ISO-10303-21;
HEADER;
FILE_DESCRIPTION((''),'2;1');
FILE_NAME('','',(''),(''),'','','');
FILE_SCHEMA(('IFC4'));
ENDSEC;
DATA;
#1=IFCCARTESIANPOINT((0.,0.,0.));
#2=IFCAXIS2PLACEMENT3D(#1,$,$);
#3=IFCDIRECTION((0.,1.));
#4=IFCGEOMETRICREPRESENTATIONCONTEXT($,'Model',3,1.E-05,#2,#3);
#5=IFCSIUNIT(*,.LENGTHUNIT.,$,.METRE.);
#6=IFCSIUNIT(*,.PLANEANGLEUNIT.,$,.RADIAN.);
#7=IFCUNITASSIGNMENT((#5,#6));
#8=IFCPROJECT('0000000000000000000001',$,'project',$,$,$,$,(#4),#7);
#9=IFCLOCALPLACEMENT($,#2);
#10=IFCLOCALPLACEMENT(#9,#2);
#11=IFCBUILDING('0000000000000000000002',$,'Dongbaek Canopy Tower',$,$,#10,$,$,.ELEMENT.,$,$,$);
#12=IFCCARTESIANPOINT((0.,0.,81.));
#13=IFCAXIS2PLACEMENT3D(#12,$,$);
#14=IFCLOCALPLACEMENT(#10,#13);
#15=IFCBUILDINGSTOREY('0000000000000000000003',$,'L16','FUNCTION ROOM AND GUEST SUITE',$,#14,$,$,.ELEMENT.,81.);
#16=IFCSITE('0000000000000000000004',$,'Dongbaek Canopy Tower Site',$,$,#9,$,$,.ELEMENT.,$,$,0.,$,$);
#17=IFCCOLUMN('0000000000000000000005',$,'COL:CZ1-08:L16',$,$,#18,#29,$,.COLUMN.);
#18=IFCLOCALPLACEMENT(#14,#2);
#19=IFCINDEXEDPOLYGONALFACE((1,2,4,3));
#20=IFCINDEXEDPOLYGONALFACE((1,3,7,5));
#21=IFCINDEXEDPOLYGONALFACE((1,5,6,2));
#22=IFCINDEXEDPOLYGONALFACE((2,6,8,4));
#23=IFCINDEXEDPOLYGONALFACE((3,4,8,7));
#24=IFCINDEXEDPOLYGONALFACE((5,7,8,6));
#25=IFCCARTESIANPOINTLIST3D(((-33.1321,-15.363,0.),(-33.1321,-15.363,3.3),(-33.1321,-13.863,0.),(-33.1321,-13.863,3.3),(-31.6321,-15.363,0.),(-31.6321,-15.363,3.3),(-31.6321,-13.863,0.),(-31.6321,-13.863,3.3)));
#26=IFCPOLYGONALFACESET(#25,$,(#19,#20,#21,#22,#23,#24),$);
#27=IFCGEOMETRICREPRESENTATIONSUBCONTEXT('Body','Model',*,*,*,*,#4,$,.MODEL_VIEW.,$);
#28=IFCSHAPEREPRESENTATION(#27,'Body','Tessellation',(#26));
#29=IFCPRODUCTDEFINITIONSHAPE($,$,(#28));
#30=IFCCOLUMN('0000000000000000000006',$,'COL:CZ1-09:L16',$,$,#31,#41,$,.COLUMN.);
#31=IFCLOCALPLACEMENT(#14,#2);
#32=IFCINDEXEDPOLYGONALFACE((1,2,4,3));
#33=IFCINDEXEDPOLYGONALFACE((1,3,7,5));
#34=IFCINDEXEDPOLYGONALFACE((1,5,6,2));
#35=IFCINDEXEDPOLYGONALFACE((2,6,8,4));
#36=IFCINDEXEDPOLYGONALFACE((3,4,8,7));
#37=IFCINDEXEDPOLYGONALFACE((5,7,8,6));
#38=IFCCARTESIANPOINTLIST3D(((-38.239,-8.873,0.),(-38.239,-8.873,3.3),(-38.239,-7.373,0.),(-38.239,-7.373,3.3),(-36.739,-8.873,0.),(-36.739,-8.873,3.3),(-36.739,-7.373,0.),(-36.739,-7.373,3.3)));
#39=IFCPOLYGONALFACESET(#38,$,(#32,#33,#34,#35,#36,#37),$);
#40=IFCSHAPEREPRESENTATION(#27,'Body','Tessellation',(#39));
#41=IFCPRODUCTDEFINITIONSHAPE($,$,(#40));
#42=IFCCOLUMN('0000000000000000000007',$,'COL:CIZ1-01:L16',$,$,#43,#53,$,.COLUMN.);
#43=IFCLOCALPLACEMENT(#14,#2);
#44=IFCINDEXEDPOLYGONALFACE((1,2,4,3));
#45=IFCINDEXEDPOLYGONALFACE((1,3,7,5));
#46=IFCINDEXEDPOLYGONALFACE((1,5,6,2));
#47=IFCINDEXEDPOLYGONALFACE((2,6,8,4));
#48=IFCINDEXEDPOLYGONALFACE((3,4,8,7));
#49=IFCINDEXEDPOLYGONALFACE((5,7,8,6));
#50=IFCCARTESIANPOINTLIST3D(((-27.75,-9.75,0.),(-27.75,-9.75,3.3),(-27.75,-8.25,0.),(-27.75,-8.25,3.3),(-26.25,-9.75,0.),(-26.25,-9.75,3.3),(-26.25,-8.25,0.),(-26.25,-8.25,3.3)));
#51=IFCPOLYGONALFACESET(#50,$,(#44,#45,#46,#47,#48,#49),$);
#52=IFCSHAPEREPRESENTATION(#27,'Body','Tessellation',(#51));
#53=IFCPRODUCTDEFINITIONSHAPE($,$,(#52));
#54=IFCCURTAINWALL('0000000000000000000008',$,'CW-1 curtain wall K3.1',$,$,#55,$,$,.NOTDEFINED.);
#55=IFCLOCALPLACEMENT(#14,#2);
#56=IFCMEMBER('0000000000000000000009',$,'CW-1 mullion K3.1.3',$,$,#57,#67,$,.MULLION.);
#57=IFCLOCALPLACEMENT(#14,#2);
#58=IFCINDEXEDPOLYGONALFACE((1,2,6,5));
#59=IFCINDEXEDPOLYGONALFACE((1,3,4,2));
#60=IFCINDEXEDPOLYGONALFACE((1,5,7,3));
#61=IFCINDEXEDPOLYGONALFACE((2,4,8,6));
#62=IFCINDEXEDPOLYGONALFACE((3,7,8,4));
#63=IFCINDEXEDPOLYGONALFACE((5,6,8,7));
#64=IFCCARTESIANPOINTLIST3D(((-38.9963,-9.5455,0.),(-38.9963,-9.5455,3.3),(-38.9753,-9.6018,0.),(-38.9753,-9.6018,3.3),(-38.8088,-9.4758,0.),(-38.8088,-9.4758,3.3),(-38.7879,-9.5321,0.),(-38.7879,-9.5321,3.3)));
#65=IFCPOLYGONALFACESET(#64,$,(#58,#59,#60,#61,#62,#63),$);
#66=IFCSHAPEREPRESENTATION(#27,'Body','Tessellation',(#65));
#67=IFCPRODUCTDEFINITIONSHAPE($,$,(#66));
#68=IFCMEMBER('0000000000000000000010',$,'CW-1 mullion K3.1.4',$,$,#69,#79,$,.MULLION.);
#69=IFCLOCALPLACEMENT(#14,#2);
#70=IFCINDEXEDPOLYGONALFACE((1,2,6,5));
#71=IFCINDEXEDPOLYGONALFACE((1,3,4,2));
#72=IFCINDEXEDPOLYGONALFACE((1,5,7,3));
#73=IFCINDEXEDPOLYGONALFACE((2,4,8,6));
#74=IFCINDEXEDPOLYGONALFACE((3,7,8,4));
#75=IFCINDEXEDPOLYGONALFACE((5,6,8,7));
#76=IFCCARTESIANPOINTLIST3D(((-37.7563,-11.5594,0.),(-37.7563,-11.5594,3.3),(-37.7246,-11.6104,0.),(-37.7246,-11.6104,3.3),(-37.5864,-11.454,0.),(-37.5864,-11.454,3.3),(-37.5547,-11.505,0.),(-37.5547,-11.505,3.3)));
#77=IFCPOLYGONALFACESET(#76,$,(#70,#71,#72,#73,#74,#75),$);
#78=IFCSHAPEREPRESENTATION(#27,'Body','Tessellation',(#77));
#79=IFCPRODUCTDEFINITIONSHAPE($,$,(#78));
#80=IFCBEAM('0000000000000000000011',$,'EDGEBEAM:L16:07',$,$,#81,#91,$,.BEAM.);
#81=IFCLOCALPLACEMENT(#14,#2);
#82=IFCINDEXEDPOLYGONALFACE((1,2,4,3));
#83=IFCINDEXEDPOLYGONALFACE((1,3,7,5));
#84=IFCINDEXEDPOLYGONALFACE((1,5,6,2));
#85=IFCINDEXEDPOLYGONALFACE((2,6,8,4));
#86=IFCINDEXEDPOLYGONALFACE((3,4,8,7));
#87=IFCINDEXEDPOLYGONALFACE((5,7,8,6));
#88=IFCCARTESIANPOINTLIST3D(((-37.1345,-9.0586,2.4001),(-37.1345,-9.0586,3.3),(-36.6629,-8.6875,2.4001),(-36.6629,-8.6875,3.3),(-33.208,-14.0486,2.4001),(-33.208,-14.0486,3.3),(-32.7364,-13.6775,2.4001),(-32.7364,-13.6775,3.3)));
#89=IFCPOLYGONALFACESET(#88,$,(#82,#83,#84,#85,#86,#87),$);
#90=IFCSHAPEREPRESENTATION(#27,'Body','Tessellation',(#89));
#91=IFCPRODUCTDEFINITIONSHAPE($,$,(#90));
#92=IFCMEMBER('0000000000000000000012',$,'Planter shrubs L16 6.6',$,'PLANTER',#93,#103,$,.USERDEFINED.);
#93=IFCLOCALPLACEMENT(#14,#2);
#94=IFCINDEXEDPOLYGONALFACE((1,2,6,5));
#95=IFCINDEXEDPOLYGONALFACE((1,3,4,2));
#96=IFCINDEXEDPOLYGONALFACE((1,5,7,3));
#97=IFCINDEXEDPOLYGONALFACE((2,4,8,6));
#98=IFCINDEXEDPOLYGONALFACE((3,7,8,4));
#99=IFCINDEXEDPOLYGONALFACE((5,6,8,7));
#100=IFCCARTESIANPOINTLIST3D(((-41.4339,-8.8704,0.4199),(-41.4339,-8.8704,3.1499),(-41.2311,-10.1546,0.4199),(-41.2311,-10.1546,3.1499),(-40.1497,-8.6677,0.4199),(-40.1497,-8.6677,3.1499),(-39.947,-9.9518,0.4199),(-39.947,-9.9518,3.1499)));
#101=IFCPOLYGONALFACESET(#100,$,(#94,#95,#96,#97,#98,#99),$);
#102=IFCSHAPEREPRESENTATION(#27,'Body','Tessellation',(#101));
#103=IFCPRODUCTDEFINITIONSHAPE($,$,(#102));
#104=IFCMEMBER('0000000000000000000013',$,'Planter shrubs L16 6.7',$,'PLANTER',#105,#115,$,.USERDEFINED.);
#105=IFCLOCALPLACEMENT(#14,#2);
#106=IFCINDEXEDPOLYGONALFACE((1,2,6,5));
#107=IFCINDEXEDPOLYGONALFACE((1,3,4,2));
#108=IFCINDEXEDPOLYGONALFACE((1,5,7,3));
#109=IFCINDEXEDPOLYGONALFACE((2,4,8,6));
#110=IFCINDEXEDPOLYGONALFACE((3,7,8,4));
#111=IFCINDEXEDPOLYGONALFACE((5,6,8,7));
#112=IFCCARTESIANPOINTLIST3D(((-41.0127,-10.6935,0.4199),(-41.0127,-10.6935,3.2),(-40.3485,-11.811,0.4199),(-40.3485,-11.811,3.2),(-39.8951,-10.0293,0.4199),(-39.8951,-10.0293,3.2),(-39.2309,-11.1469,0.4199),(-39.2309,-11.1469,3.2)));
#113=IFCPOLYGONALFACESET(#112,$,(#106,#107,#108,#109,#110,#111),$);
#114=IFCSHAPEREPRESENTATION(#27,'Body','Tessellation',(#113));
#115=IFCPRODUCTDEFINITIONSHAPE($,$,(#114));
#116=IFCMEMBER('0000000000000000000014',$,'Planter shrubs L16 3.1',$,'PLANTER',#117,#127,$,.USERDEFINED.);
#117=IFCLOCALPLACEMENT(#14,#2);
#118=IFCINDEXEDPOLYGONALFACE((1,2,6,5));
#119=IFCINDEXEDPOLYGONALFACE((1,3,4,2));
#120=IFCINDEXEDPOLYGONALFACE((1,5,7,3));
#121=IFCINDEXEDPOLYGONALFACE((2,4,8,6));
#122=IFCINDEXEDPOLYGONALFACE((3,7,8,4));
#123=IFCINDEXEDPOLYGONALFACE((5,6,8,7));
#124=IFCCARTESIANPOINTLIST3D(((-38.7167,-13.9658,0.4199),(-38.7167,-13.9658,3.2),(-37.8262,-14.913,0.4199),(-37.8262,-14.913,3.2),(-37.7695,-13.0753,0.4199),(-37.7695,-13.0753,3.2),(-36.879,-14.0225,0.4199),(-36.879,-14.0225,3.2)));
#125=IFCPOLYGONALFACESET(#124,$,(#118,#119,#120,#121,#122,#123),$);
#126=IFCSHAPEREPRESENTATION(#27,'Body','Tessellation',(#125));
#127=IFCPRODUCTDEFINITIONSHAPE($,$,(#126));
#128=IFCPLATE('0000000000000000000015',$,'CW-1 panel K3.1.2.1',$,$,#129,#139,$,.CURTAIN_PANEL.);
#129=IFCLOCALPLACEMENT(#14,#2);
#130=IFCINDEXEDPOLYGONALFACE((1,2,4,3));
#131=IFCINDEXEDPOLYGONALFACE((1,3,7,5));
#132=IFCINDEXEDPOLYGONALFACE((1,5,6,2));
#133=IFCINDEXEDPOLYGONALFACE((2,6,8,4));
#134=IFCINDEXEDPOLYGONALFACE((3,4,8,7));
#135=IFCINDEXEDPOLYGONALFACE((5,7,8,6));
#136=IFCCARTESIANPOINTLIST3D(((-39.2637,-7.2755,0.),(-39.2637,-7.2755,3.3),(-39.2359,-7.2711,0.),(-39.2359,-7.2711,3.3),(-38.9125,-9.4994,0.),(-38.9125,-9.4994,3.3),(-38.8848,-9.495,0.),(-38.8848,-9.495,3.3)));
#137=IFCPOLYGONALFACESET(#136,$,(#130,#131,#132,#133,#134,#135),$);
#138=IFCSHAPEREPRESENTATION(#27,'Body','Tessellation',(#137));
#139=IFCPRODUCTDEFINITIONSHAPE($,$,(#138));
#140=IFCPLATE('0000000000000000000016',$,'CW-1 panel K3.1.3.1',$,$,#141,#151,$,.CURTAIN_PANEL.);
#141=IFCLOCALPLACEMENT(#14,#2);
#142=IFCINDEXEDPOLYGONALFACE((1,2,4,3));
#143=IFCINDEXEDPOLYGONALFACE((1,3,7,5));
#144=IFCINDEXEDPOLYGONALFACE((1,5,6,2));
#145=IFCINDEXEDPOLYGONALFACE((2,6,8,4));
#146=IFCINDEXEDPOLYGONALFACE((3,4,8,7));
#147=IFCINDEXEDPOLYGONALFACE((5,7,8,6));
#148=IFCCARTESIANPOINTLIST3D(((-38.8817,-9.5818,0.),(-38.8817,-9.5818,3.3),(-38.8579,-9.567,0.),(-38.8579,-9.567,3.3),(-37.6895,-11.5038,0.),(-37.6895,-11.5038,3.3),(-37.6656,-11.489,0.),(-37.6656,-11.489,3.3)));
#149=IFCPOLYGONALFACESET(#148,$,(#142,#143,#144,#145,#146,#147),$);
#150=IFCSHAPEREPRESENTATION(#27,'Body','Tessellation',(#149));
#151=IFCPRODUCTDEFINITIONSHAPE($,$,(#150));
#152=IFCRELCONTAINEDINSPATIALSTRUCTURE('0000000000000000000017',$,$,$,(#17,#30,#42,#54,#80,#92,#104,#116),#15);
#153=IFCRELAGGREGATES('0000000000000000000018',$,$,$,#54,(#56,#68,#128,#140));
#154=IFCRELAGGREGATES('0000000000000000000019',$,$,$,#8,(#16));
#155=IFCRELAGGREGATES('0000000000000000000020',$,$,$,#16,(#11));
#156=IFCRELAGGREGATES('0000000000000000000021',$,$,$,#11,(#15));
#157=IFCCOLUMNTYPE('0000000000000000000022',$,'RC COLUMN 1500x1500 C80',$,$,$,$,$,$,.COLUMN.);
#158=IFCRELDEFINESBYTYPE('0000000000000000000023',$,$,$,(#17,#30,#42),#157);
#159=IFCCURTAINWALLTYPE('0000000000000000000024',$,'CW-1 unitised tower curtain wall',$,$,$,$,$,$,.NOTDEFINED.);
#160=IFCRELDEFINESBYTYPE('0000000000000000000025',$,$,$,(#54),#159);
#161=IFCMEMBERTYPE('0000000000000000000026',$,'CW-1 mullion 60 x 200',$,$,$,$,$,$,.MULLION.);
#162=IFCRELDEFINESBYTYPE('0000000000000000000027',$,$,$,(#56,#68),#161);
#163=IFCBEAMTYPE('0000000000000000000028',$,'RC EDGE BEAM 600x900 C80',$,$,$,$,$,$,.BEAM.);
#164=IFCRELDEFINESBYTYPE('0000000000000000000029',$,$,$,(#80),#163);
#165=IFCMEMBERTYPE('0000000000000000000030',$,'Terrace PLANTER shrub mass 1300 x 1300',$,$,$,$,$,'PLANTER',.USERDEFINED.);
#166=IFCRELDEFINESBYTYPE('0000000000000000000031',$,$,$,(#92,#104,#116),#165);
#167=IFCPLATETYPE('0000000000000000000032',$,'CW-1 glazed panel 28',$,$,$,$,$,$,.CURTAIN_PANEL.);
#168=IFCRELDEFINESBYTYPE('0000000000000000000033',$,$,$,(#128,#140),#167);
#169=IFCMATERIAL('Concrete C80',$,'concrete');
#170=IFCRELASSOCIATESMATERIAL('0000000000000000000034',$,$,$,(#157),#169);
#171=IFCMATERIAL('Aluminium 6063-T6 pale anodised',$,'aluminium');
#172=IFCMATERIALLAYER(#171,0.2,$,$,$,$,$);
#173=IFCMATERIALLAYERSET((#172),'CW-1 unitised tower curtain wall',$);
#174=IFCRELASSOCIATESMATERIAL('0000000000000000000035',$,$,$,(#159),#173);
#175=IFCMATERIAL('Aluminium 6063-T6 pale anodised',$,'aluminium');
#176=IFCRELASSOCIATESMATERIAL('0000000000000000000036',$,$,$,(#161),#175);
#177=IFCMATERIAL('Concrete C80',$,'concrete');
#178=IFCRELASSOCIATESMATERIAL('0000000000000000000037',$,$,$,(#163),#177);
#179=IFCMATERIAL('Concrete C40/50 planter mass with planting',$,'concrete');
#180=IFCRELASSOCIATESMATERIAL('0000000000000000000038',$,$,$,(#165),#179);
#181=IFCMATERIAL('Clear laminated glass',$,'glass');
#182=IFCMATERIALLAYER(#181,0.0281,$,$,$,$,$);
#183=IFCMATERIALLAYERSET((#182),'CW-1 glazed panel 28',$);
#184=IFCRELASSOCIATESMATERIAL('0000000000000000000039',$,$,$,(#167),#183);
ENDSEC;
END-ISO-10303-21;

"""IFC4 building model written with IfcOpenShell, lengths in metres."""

from ifc_helpers import new_model, si_unit, direction, frame, origin, origin_2d, place, context, subcontext, project, spatial, rectangle, extrude, material, layer, layer_set, material_profile, profile_set, type_object, element, aggregate, save


model = new_model("IFC4")

# Units and contexts
model_context = context("Model", 3, precision=1e-05, world=origin(), true_north=direction((0.0, 1.0)))
body_context = subcontext(model_context, "Body", "Model", "MODEL_VIEW")
ifc_project = project(units=[si_unit("LENGTHUNIT", "METRE"), si_unit("PLANEANGLEUNIT", "RADIAN")], contexts=[model_context])

# Site, building, storey
site_placement = place(None, origin())
site = spatial("IfcSite", under=ifc_project, at=site_placement, Name="Dongbaek Canopy Tower Site", CompositionType="ELEMENT", RefElevation=0.0)
building_placement = place(site_placement, origin())
building = spatial("IfcBuilding", under=site, at=building_placement, Name="Dongbaek Canopy Tower", CompositionType="ELEMENT")
storey_placement = place(building_placement, frame((0.0, 0.0, 81.0)))
storey = spatial("IfcBuildingStorey", under=building, at=storey_placement, Name="L16", Description="FUNCTION ROOM AND GUEST SUITE", CompositionType="ELEMENT", Elevation=81.0)

# Columns
ifc_material_1 = material(Name="Concrete C80", Category="concrete")
ifc_material_profile_1 = material_profile(ifc_material_1, rectangle(XDim=1.5, YDim=1.5, at=origin_2d()), Name="RC COLUMN 1500x1500 C80")
ifc_profile_set_1 = profile_set([ifc_material_profile_1], Name="Concrete C80")
column_type = type_object("IfcColumnType", Name="RC COLUMN 1500x1500 C80", PredefinedType="COLUMN", material=ifc_profile_set_1)
for number, where, z_axis, x_axis, name in (
    (1, (-32.3821, -14.613, 0.0), (0.0, 0.0, 1.0), (1.0, 0.0, 0.0), "COL:CZ1-08:L16"),
    (2, (-37.489, -8.123, 0.0), (0.0, 0.0, 1.0), (1.0, 0.0, 0.0), "COL:CZ1-09:L16"),
    (3, (-27.0, -9.0, 0.0), (0.0, 0.0, 1.0), (1.0, 0.0, 0.0), "COL:CIZ1-01:L16"),
):
    element("IfcColumn", number, at=place(storey_placement, frame(where, z_axis=z_axis, x_axis=x_axis)), inside=storey, type_object=column_type, Name=name, PredefinedType="COLUMN", context=body_context, shape_type="SweptSolid", body=[
        extrude(rectangle(XDim=1.5, YDim=1.5, at=origin_2d()), origin(), (0.0, 0.0, 1.0), 3.3),
    ])

# Curtain wall, members
ifc_material_2 = material(Name="Aluminium 6063-T6 pale anodised", Category="aluminium")
ifc_layer_1 = layer(ifc_material_2, 0.2)
ifc_layer_set_1 = layer_set([ifc_layer_1], Name="CW-1 unitised tower curtain wall")
curtain_wall_type = type_object("IfcCurtainWallType", Name="CW-1 unitised tower curtain wall", PredefinedType="NOTDEFINED", material=ifc_layer_set_1)
curtain_wall_placement = place(storey_placement, origin())
curtain_wall = element("IfcCurtainWall", 4, at=curtain_wall_placement, inside=storey, type_object=curtain_wall_type, Name="CW-1 curtain wall K3.1", PredefinedType="NOTDEFINED")
ifc_material_3 = material(Name="Aluminium 6063-T6 pale anodised", Category="aluminium")
ifc_material_profile_2 = material_profile(ifc_material_3, rectangle(XDim=0.2, YDim=0.0601, at=origin_2d()), Name="CW-1 mullion 60 x 200")
ifc_profile_set_2 = profile_set([ifc_material_profile_2], Name="Aluminium 6063-T6 pale anodised")
member_type_1 = type_object("IfcMemberType", Name="CW-1 mullion 60 x 200", PredefinedType="MULLION", material=ifc_profile_set_2)
member_1_placement = place(storey_placement, frame((-38.8921, -9.5388, 0.0), z_axis=(0.0, 0.0, 1.0), x_axis=(-0.937329, -0.348446, 0.0)))
member_1 = element("IfcMember", 5, at=member_1_placement, type_object=member_type_1, Name="CW-1 mullion K3.1.3", PredefinedType="MULLION", context=body_context, shape_type="SweptSolid", body=[
    extrude(rectangle(XDim=0.2, YDim=0.0601, at=origin_2d()), origin(), (0.0, 0.0, 1.0), 3.3),
])
member_2_placement = place(storey_placement, frame((-37.6555, -11.5322, 0.0), z_axis=(0.0, 0.0, 1.0), x_axis=(-0.84978, -0.527137, 0.0)))
member_2 = element("IfcMember", 6, at=member_2_placement, type_object=member_type_1, Name="CW-1 mullion K3.1.4", PredefinedType="MULLION", context=body_context, shape_type="SweptSolid", body=[
    extrude(rectangle(XDim=0.2, YDim=0.0601, at=origin_2d()), origin(), (0.0, 0.0, 1.0), 3.3),
])

# Beam
ifc_material_4 = material(Name="Concrete C80", Category="concrete")
ifc_material_profile_3 = material_profile(ifc_material_4, rectangle(XDim=0.6001, YDim=0.8999, at=origin_2d()), Name="RC EDGE BEAM 600x900 C80")
ifc_profile_set_3 = profile_set([ifc_material_profile_3], Name="Concrete C80")
beam_type = type_object("IfcBeamType", Name="RC EDGE BEAM 600x900 C80", PredefinedType="BEAM", material=ifc_profile_set_3)
beam_placement = place(storey_placement, frame((-32.9722, -13.863, 2.8501), z_axis=(-0.618387, 0.785874, 0.0), x_axis=(-0.785874, -0.618387, 0.0)))
element("IfcBeam", 7, at=beam_placement, inside=storey, type_object=beam_type, Name="EDGEBEAM:L16:07", PredefinedType="BEAM", context=body_context, shape_type="SweptSolid", body=[
    extrude(rectangle(XDim=0.6001, YDim=0.8999, at=origin_2d()), origin(), (0.0, 0.0, 1.0), 6.3496),
])

# Members
ifc_material_5 = material(Name="Concrete C40/50 planter mass with planting", Category="concrete")
ifc_material_profile_4 = material_profile(ifc_material_5, rectangle(XDim=1.3, YDim=1.3, at=origin_2d()), Name="Terrace PLANTER shrub mass 1300 x 1300")
ifc_profile_set_4 = profile_set([ifc_material_profile_4], Name="Concrete C40/50 planter mass with planting")
member_type_2 = type_object("IfcMemberType", Name="Terrace PLANTER shrub mass 1300 x 1300", ElementType="PLANTER", PredefinedType="USERDEFINED", material=ifc_profile_set_4)
member_3_placement = place(storey_placement, frame((-40.6904, -9.4111, 0.4199), z_axis=(0.0, 0.0, 1.0), x_axis=(-0.987764, -0.155959, 0.0)))
element("IfcMember", 8, at=member_3_placement, inside=storey, type_object=member_type_2, Name="Planter shrubs L16 6.6", ObjectType="PLANTER", PredefinedType="USERDEFINED", context=body_context, shape_type="SweptSolid", body=[
    extrude(rectangle(XDim=1.3, YDim=1.3, at=origin_2d()), origin(), (0.0, 0.0, 1.0), 2.73),
])
for number, where, z_axis, x_axis, name in (
    (9, (-40.1218, -10.9202, 0.4199), (0.0, 0.0, 1.0), (-0.859643, -0.510896, 0.0), "Planter shrubs L16 6.7"),
    (10, (-37.7979, -13.9941, 0.4199), (0.0, 0.0, 1.0), (-0.728585, -0.684956, 0.0), "Planter shrubs L16 3.1"),
):
    element("IfcMember", number, at=place(storey_placement, frame(where, z_axis=z_axis, x_axis=x_axis)), inside=storey, type_object=member_type_2, Name=name, ObjectType="PLANTER", PredefinedType="USERDEFINED", context=body_context, shape_type="SweptSolid", body=[
        extrude(rectangle(XDim=1.3, YDim=1.3, at=origin_2d()), origin(), (0.0, 0.0, 1.0), 2.78),
    ])

# Plates
ifc_material_6 = material(Name="Clear laminated glass", Category="glass")
ifc_layer_2 = layer(ifc_material_6, 0.0281)
ifc_layer_set_2 = layer_set([ifc_layer_2], Name="CW-1 glazed panel 28")
plate_type = type_object("IfcPlateType", Name="CW-1 glazed panel 28", PredefinedType="CURTAIN_PANEL", material=ifc_layer_set_2)
plate_1_placement = place(storey_placement, frame((-39.0742, -8.3853, 0.0), z_axis=(0.0, 0.0, 1.0), x_axis=(0.155959, -0.987764, 0.0)))
plate_1 = element("IfcPlate", 11, at=plate_1_placement, type_object=plate_type, Name="CW-1 panel K3.1.2.1", PredefinedType="CURTAIN_PANEL", context=body_context, shape_type="SweptSolid", body=[
    extrude(rectangle(XDim=2.2515, YDim=0.0281, at=origin_2d()), origin(), (0.0, 0.0, 1.0), 3.3),
])
plate_2_placement = place(storey_placement, frame((-38.2737, -10.5354, 0.0), z_axis=(0.0, 0.0, 1.0), x_axis=(0.527137, -0.84978, 0.0)))
plate_2 = element("IfcPlate", 12, at=plate_2_placement, type_object=plate_type, Name="CW-1 panel K3.1.3.1", PredefinedType="CURTAIN_PANEL", context=body_context, shape_type="SweptSolid", body=[
    extrude(rectangle(XDim=2.2617, YDim=0.0281, at=origin_2d()), origin(), (0.0, 0.0, 1.0), 3.3),
])
aggregate(curtain_wall, [member_1, member_2, plate_1, plate_2])

save(model, "model.ifc")
